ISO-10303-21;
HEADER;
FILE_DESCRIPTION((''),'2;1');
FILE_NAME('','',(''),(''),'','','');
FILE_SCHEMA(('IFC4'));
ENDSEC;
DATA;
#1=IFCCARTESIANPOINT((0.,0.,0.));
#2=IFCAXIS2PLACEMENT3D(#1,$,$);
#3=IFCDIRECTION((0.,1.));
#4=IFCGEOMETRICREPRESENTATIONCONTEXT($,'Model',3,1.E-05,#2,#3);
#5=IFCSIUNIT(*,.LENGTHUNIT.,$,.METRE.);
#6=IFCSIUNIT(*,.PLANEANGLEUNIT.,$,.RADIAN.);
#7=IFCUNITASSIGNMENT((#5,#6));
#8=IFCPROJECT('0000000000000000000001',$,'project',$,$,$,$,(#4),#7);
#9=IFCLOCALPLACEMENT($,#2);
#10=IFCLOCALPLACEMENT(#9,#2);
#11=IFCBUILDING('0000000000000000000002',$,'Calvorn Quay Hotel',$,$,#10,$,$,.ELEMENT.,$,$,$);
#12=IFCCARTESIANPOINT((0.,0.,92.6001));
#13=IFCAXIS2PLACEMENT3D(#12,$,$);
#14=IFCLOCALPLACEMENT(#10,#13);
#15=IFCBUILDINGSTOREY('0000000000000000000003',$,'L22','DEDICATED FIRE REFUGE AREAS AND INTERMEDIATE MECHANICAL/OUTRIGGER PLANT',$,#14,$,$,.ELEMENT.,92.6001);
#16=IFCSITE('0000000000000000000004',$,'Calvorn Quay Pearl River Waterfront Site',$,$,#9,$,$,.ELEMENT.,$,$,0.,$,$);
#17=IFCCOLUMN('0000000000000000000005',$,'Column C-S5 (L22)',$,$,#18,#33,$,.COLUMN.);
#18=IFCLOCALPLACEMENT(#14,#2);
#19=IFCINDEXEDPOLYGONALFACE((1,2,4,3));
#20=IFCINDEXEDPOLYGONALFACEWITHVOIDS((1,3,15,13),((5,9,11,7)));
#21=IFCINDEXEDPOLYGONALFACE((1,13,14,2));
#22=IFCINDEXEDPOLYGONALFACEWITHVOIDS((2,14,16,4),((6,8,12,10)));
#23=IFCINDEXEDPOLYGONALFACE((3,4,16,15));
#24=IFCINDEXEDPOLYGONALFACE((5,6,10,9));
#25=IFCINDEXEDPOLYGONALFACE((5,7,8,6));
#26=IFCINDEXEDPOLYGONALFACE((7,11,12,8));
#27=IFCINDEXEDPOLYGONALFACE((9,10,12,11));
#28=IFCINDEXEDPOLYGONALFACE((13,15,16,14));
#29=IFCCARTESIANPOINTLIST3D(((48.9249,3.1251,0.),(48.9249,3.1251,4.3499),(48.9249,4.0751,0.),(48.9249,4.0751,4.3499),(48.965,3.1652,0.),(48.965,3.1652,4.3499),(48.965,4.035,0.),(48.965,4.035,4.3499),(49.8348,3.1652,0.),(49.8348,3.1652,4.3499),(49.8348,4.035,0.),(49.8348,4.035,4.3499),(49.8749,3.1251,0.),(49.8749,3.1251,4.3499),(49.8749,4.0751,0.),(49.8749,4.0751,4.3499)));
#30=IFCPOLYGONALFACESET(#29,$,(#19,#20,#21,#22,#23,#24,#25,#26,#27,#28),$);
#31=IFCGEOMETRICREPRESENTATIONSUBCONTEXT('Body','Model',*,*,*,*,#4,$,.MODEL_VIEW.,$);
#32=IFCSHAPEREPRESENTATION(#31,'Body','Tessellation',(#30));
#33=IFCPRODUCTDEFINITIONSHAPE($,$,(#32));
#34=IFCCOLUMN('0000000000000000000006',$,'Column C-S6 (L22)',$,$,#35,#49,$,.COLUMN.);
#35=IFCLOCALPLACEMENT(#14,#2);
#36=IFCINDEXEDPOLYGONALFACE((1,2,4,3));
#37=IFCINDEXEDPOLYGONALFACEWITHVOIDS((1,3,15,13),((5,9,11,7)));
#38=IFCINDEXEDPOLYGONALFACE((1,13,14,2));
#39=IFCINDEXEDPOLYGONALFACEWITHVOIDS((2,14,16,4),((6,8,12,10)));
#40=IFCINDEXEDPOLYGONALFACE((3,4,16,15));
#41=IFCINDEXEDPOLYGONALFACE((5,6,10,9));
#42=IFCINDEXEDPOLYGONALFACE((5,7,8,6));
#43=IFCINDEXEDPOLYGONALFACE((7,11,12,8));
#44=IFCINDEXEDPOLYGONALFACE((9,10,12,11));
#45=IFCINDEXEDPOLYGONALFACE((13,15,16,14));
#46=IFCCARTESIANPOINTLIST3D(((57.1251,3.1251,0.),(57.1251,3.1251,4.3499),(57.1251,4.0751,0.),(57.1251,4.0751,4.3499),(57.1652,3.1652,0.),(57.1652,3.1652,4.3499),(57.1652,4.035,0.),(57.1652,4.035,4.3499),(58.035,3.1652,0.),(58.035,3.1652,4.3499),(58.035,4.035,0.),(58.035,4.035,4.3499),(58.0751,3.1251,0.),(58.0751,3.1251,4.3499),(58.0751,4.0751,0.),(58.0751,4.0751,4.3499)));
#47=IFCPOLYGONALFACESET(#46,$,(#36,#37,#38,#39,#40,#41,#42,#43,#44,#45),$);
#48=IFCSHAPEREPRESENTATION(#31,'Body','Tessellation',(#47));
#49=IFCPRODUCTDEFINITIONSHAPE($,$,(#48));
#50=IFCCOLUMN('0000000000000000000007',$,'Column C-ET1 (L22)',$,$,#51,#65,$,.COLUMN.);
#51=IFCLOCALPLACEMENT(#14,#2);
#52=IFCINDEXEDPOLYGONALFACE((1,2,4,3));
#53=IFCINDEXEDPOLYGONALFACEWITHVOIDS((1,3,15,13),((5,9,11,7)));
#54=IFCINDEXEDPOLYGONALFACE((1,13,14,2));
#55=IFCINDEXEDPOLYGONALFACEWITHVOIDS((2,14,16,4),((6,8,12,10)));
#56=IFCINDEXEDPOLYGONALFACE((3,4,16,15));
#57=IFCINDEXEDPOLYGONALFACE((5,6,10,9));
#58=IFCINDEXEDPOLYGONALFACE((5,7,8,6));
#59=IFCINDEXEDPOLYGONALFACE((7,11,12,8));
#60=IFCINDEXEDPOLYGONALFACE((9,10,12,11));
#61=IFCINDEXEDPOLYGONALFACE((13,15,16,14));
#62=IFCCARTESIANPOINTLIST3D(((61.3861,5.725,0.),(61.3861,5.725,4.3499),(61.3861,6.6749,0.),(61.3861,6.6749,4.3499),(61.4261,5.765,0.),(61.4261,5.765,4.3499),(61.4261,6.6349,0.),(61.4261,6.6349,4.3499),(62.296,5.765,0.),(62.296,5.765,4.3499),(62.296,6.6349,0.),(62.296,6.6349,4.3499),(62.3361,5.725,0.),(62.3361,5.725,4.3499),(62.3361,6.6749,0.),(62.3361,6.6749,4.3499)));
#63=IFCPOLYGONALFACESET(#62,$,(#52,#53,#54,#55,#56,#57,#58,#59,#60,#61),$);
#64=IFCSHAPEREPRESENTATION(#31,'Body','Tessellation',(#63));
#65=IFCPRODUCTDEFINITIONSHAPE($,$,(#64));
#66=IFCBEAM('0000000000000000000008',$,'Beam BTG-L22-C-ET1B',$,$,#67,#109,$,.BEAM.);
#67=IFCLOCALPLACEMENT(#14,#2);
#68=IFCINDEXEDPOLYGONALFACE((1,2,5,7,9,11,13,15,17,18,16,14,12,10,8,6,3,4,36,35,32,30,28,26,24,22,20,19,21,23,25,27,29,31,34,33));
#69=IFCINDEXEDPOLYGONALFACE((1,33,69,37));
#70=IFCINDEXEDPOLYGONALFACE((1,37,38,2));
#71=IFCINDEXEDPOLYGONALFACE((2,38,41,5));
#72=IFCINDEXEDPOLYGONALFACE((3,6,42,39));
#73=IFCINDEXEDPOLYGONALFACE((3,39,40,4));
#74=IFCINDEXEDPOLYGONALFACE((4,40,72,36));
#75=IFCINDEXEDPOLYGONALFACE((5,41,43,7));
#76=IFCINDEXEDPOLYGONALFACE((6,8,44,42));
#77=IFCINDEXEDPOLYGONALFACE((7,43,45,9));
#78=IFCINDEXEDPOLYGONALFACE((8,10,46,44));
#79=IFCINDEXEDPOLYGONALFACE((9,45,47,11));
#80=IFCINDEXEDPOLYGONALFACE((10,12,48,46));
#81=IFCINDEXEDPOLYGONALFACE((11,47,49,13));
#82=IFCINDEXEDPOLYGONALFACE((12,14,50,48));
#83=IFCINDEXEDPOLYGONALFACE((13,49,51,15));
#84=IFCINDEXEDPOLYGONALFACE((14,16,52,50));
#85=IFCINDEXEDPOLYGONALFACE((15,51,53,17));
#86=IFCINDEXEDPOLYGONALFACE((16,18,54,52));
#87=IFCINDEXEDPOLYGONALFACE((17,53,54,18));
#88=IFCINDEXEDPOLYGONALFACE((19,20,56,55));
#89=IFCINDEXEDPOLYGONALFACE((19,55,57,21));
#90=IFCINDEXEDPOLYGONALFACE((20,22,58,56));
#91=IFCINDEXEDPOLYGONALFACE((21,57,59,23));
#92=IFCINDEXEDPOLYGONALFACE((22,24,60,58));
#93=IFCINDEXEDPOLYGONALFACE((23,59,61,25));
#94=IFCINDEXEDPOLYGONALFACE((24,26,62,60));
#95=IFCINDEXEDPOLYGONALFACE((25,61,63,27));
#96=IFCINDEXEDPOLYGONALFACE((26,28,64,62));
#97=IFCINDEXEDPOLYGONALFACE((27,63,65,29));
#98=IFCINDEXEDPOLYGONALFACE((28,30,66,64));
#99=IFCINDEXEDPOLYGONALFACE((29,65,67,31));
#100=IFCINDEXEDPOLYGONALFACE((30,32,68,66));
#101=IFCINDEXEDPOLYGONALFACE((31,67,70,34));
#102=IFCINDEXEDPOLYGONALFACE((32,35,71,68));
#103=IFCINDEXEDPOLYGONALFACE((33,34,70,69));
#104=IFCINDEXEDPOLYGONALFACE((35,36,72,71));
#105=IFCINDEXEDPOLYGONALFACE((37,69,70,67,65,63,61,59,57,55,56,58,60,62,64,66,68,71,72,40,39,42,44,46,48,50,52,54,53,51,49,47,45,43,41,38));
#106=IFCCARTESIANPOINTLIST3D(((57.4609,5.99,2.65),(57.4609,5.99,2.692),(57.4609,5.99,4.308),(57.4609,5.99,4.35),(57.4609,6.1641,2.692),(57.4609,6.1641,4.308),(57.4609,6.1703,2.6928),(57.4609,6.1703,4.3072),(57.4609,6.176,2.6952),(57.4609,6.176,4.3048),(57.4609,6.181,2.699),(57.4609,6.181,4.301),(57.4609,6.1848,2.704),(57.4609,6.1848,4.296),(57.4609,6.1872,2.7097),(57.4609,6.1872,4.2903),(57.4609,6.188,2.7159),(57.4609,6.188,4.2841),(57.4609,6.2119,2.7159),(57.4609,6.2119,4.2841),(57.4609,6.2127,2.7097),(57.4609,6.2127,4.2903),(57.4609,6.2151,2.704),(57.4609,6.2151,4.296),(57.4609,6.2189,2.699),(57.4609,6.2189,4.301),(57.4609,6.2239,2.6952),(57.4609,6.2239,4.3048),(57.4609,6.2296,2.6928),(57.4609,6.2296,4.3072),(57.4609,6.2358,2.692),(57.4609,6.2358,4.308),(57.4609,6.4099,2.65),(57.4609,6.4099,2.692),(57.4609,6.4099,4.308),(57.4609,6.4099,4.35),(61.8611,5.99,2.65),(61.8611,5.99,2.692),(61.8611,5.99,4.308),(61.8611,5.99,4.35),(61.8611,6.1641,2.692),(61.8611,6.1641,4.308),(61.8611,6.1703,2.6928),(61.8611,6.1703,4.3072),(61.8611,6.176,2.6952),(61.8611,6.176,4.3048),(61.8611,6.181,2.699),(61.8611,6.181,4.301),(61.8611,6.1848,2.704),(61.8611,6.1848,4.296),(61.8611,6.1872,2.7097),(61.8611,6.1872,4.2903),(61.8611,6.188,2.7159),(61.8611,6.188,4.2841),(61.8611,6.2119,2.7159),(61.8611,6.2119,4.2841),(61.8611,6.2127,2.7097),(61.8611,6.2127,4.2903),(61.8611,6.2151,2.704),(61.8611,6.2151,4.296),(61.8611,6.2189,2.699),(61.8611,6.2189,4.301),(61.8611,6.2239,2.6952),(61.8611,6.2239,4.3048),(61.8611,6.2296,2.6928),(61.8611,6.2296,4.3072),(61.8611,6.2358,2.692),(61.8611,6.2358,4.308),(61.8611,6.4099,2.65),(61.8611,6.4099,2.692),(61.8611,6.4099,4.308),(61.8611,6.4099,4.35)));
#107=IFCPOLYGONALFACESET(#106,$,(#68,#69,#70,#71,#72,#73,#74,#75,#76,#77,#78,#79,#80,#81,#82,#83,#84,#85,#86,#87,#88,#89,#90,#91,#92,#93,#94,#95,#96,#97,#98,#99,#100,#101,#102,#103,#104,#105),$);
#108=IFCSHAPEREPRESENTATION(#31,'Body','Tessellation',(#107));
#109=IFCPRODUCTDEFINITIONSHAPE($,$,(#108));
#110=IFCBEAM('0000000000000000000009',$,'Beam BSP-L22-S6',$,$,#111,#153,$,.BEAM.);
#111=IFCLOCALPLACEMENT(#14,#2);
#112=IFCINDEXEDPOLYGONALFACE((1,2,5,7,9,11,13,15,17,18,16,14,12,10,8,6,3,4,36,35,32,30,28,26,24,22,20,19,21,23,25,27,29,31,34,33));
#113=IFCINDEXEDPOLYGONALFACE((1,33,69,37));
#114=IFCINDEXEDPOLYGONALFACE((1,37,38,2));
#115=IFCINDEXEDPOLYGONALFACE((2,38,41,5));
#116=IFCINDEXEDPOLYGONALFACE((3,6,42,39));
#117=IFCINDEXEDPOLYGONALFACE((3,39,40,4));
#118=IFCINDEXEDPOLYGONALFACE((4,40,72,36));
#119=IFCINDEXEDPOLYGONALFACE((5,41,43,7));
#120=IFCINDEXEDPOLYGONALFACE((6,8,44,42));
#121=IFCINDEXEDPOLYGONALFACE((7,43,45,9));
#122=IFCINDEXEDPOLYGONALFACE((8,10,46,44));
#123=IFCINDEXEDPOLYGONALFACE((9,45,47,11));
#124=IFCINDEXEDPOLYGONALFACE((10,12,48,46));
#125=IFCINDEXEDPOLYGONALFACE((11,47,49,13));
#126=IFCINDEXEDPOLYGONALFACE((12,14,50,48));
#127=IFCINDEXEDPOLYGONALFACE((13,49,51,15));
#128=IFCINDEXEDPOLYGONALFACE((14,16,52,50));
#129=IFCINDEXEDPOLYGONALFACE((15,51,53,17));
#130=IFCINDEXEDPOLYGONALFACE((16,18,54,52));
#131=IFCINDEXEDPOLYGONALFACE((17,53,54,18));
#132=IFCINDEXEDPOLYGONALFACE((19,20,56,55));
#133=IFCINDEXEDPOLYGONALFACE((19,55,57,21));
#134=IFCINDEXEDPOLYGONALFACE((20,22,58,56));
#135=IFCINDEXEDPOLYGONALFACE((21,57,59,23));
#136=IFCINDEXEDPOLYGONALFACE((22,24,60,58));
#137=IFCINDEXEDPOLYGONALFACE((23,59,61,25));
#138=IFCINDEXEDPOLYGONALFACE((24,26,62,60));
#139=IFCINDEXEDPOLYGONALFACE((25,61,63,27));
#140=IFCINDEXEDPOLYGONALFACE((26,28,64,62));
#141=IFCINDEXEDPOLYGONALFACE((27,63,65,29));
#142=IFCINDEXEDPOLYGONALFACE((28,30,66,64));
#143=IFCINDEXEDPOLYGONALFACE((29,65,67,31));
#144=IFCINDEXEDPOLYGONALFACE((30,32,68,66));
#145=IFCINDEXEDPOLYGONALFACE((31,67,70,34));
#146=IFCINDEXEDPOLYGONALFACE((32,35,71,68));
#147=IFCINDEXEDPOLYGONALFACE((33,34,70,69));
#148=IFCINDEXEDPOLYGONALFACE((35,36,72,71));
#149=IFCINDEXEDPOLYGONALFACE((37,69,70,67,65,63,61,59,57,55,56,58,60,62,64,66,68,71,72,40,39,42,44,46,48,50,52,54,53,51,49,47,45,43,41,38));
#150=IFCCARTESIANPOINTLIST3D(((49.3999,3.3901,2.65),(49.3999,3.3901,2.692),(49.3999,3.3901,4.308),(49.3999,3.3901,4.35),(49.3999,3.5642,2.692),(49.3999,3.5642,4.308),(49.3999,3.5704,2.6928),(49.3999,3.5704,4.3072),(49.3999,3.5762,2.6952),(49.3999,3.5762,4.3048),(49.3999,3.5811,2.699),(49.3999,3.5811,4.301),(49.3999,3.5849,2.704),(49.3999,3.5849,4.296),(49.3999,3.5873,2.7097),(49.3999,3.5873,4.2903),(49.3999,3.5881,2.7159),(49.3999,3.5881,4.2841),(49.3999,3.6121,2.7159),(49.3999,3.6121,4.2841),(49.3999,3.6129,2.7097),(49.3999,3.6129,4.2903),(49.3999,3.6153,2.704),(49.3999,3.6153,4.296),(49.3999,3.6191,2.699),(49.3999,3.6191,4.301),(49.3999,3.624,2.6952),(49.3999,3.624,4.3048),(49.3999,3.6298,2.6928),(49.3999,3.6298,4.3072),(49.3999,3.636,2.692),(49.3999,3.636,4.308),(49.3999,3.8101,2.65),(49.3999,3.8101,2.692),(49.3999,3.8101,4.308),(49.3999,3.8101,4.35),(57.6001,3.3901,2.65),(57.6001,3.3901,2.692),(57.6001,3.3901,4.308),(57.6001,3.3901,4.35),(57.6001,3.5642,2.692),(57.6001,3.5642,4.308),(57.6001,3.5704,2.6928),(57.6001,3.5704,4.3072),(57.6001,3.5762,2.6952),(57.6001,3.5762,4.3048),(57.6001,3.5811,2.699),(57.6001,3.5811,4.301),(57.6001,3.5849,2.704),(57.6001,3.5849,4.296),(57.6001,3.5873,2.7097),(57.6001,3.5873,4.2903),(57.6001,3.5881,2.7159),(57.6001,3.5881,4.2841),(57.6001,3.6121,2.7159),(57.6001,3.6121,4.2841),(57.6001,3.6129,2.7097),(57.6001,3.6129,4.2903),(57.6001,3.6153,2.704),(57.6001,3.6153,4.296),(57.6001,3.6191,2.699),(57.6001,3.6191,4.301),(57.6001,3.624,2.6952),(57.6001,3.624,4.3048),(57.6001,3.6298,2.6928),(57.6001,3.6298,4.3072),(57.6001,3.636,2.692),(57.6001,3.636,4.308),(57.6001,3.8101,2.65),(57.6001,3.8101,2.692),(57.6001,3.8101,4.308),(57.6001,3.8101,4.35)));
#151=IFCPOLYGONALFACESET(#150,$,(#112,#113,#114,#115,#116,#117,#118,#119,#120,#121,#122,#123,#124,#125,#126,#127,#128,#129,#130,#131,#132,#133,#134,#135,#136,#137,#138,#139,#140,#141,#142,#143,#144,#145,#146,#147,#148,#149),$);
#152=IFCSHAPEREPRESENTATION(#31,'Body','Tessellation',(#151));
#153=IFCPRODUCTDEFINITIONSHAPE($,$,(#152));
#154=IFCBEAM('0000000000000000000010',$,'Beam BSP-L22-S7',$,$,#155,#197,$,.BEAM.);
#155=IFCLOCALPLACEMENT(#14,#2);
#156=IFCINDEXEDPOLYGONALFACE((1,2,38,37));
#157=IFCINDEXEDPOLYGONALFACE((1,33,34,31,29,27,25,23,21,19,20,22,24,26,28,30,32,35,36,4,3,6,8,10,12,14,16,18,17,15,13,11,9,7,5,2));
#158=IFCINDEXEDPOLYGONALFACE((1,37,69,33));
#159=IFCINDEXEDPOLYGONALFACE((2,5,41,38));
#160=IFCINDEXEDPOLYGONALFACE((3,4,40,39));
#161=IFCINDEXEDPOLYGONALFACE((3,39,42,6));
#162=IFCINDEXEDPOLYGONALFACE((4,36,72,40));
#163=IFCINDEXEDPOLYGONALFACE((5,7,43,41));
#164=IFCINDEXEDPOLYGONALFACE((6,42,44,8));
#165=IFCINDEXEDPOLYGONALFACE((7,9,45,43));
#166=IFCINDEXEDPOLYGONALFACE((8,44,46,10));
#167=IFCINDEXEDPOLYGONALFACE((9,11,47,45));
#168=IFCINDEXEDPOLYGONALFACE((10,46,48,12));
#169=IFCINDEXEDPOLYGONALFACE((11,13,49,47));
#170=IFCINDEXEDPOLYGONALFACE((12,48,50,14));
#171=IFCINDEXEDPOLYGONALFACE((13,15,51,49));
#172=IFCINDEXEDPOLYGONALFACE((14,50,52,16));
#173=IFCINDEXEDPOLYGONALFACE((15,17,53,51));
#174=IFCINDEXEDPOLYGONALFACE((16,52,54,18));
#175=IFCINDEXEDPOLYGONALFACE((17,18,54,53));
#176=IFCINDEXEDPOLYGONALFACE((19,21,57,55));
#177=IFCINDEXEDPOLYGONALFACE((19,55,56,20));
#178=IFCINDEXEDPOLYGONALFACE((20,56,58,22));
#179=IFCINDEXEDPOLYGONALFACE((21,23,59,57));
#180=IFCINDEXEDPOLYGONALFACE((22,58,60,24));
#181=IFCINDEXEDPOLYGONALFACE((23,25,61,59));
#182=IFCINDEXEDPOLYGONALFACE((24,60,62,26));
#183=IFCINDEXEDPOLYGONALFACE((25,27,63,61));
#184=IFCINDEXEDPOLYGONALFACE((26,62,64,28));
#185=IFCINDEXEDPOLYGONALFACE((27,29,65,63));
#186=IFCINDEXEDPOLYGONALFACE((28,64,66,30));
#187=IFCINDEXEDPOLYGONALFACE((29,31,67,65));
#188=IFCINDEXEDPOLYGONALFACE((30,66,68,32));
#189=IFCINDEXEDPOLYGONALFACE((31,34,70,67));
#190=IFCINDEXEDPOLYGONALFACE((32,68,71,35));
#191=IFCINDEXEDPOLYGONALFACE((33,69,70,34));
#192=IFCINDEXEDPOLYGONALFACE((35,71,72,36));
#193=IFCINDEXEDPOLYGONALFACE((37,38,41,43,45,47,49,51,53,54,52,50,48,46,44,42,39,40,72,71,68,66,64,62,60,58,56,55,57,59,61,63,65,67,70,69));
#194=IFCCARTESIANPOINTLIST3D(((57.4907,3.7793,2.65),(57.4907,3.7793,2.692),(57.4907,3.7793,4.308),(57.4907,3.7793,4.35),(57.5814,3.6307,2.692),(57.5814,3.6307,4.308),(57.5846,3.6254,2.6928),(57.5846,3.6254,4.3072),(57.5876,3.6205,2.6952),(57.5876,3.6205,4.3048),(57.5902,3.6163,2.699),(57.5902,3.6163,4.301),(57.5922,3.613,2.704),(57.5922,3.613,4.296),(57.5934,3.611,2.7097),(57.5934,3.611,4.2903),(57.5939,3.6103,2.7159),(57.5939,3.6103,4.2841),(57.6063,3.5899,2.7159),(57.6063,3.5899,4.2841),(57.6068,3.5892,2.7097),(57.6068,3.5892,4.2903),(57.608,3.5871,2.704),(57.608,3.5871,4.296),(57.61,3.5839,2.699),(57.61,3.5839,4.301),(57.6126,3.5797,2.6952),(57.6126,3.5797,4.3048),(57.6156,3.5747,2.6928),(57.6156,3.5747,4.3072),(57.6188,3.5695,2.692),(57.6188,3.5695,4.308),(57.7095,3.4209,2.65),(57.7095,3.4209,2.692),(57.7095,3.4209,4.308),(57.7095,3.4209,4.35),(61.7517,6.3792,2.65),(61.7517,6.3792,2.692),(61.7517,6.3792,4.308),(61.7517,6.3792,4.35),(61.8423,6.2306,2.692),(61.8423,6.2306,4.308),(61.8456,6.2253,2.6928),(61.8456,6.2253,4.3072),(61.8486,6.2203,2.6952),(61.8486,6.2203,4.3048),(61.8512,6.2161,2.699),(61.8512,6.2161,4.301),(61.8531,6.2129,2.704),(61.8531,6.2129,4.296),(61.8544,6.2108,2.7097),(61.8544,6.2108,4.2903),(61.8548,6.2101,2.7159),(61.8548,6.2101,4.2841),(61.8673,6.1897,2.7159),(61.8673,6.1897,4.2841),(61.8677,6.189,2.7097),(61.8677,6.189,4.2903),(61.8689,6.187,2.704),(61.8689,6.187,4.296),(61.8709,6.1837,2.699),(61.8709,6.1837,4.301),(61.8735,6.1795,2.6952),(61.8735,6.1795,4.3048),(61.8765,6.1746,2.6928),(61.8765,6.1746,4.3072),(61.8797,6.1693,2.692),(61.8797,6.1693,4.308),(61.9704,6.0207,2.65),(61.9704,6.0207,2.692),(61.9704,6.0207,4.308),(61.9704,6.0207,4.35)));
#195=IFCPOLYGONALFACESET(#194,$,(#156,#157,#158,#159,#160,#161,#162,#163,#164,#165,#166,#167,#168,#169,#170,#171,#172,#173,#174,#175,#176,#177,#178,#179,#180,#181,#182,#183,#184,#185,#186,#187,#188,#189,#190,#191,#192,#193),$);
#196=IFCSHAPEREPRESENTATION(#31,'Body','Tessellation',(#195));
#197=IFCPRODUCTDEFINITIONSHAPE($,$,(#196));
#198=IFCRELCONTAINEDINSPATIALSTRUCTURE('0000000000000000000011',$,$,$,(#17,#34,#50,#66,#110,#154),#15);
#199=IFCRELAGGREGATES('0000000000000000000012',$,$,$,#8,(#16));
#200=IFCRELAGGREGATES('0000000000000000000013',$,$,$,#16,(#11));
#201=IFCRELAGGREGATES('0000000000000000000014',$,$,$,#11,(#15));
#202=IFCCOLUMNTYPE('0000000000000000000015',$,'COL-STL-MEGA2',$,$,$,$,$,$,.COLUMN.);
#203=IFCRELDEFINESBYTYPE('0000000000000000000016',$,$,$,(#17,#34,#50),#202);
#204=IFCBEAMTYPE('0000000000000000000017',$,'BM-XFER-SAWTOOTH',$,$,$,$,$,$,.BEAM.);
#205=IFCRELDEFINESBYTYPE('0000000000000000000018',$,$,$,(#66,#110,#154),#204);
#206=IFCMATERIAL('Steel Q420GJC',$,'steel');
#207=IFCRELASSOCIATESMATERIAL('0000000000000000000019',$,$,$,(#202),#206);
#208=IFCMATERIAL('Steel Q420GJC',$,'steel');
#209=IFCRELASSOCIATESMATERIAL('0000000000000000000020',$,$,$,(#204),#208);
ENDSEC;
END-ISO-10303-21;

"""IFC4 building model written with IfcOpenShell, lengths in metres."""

from ifc_helpers import new_model, si_unit, direction, frame, origin, origin_2d, place, context, subcontext, project, spatial, hollow_rectangle, i_section, extrude, material, material_profile, profile_set, type_object, element, save


model = new_model("IFC4")

# Units and contexts
model_context = context("Model", 3, precision=1e-05, world=origin(), true_north=direction((0.0, 1.0)))
body_context = subcontext(model_context, "Body", "Model", "MODEL_VIEW")
ifc_project = project(units=[si_unit("LENGTHUNIT", "METRE"), si_unit("PLANEANGLEUNIT", "RADIAN")], contexts=[model_context])

# Site, building, storey
site_placement = place(None, origin())
site = spatial("IfcSite", under=ifc_project, at=site_placement, Name="Calvorn Quay Pearl River Waterfront Site", CompositionType="ELEMENT", RefElevation=0.0)
building_placement = place(site_placement, origin())
building = spatial("IfcBuilding", under=site, at=building_placement, Name="Calvorn Quay Hotel", CompositionType="ELEMENT")
storey_placement = place(building_placement, frame((0.0, 0.0, 92.6001)))
storey = spatial("IfcBuildingStorey", under=building, at=storey_placement, Name="L22", Description="DEDICATED FIRE REFUGE AREAS AND INTERMEDIATE MECHANICAL/OUTRIGGER PLANT", CompositionType="ELEMENT", Elevation=92.6001)

# Columns
ifc_material_1 = material(Name="Steel Q420GJC", Category="steel")
ifc_material_profile_1 = material_profile(ifc_material_1, hollow_rectangle(XDim=0.95, YDim=0.95, WallThickness=0.04, at=origin_2d()), Name="BOX950x950x40")
ifc_profile_set_1 = profile_set([ifc_material_profile_1], Name="Steel Q420GJC")
column_type = type_object("IfcColumnType", Name="COL-STL-MEGA2", PredefinedType="COLUMN", material=ifc_profile_set_1)
for number, where, z_axis, x_axis, name in (
    (1, (49.3999, 3.6001, 0.0), (0.0, 0.0, 1.0), (1.0, 0.0, 0.0), "Column C-S5 (L22)"),
    (2, (57.6001, 3.6001, 0.0), (0.0, 0.0, 1.0), (1.0, 0.0, 0.0), "Column C-S6 (L22)"),
    (3, (61.8611, 6.2, 0.0), (0.0, 0.0, 1.0), (1.0, 0.0, 0.0), "Column C-ET1 (L22)"),
):
    element("IfcColumn", number, at=place(storey_placement, frame(where, z_axis=z_axis, x_axis=x_axis)), inside=storey, type_object=column_type, Name=name, PredefinedType="COLUMN", context=body_context, shape_type="SweptSolid", body=[
        extrude(hollow_rectangle(XDim=0.95, YDim=0.95, WallThickness=0.04, at=origin_2d()), origin(), (0.0, 0.0, 1.0), 4.3499),
    ])

# Beams
ifc_material_2 = material(Name="Steel Q420GJC", Category="steel")
ifc_material_profile_2 = material_profile(ifc_material_2, i_section(OverallWidth=0.4199, OverallDepth=1.7, WebThickness=0.0239, FlangeThickness=0.042, FilletRadius=0.0239, at=origin_2d()), Name="HN1700x420x24x42")
ifc_profile_set_2 = profile_set([ifc_material_profile_2], Name="Steel Q420GJC")
beam_type = type_object("IfcBeamType", Name="BM-XFER-SAWTOOTH", PredefinedType="BEAM", material=ifc_profile_set_2)
beam_1_placement = place(storey_placement, frame((57.4609, 6.2, 3.5), z_axis=(1.0, 0.0, 0.0), x_axis=(0.0, 1.0, 0.0)))
element("IfcBeam", 4, at=beam_1_placement, inside=storey, type_object=beam_type, Name="Beam BTG-L22-C-ET1B", PredefinedType="BEAM", context=body_context, shape_type="SweptSolid", body=[
    extrude(i_section(OverallWidth=0.4199, OverallDepth=1.7, WebThickness=0.0239, FlangeThickness=0.042, FilletRadius=0.0239, at=origin_2d()), origin(), (0.0, 0.0, 1.0), 4.4001),
])
beam_2_placement = place(storey_placement, frame((49.3999, 3.6001, 3.5), z_axis=(1.0, 0.0, 0.0), x_axis=(0.0, 1.0, 0.0)))
element("IfcBeam", 5, at=beam_2_placement, inside=storey, type_object=beam_type, Name="Beam BSP-L22-S6", PredefinedType="BEAM", context=body_context, shape_type="SweptSolid", body=[
    extrude(i_section(OverallWidth=0.4199, OverallDepth=1.7, WebThickness=0.0239, FlangeThickness=0.042, FilletRadius=0.0239, at=origin_2d()), origin(), (0.0, 0.0, 1.0), 8.2002),
])
beam_3_placement = place(storey_placement, frame((57.6001, 3.6001, 3.5), z_axis=(0.853646, 0.520854, 0.0), x_axis=(-0.520854, 0.853646, 0.0)))
element("IfcBeam", 6, at=beam_3_placement, inside=storey, type_object=beam_type, Name="Beam BSP-L22-S7", PredefinedType="BEAM", context=body_context, shape_type="SweptSolid", body=[
    extrude(i_section(OverallWidth=0.4199, OverallDepth=1.7, WebThickness=0.0239, FlangeThickness=0.042, FilletRadius=0.0239, at=origin_2d()), origin(), (0.0, 0.0, 1.0), 4.9915),
])

save(model, "model.ifc")
